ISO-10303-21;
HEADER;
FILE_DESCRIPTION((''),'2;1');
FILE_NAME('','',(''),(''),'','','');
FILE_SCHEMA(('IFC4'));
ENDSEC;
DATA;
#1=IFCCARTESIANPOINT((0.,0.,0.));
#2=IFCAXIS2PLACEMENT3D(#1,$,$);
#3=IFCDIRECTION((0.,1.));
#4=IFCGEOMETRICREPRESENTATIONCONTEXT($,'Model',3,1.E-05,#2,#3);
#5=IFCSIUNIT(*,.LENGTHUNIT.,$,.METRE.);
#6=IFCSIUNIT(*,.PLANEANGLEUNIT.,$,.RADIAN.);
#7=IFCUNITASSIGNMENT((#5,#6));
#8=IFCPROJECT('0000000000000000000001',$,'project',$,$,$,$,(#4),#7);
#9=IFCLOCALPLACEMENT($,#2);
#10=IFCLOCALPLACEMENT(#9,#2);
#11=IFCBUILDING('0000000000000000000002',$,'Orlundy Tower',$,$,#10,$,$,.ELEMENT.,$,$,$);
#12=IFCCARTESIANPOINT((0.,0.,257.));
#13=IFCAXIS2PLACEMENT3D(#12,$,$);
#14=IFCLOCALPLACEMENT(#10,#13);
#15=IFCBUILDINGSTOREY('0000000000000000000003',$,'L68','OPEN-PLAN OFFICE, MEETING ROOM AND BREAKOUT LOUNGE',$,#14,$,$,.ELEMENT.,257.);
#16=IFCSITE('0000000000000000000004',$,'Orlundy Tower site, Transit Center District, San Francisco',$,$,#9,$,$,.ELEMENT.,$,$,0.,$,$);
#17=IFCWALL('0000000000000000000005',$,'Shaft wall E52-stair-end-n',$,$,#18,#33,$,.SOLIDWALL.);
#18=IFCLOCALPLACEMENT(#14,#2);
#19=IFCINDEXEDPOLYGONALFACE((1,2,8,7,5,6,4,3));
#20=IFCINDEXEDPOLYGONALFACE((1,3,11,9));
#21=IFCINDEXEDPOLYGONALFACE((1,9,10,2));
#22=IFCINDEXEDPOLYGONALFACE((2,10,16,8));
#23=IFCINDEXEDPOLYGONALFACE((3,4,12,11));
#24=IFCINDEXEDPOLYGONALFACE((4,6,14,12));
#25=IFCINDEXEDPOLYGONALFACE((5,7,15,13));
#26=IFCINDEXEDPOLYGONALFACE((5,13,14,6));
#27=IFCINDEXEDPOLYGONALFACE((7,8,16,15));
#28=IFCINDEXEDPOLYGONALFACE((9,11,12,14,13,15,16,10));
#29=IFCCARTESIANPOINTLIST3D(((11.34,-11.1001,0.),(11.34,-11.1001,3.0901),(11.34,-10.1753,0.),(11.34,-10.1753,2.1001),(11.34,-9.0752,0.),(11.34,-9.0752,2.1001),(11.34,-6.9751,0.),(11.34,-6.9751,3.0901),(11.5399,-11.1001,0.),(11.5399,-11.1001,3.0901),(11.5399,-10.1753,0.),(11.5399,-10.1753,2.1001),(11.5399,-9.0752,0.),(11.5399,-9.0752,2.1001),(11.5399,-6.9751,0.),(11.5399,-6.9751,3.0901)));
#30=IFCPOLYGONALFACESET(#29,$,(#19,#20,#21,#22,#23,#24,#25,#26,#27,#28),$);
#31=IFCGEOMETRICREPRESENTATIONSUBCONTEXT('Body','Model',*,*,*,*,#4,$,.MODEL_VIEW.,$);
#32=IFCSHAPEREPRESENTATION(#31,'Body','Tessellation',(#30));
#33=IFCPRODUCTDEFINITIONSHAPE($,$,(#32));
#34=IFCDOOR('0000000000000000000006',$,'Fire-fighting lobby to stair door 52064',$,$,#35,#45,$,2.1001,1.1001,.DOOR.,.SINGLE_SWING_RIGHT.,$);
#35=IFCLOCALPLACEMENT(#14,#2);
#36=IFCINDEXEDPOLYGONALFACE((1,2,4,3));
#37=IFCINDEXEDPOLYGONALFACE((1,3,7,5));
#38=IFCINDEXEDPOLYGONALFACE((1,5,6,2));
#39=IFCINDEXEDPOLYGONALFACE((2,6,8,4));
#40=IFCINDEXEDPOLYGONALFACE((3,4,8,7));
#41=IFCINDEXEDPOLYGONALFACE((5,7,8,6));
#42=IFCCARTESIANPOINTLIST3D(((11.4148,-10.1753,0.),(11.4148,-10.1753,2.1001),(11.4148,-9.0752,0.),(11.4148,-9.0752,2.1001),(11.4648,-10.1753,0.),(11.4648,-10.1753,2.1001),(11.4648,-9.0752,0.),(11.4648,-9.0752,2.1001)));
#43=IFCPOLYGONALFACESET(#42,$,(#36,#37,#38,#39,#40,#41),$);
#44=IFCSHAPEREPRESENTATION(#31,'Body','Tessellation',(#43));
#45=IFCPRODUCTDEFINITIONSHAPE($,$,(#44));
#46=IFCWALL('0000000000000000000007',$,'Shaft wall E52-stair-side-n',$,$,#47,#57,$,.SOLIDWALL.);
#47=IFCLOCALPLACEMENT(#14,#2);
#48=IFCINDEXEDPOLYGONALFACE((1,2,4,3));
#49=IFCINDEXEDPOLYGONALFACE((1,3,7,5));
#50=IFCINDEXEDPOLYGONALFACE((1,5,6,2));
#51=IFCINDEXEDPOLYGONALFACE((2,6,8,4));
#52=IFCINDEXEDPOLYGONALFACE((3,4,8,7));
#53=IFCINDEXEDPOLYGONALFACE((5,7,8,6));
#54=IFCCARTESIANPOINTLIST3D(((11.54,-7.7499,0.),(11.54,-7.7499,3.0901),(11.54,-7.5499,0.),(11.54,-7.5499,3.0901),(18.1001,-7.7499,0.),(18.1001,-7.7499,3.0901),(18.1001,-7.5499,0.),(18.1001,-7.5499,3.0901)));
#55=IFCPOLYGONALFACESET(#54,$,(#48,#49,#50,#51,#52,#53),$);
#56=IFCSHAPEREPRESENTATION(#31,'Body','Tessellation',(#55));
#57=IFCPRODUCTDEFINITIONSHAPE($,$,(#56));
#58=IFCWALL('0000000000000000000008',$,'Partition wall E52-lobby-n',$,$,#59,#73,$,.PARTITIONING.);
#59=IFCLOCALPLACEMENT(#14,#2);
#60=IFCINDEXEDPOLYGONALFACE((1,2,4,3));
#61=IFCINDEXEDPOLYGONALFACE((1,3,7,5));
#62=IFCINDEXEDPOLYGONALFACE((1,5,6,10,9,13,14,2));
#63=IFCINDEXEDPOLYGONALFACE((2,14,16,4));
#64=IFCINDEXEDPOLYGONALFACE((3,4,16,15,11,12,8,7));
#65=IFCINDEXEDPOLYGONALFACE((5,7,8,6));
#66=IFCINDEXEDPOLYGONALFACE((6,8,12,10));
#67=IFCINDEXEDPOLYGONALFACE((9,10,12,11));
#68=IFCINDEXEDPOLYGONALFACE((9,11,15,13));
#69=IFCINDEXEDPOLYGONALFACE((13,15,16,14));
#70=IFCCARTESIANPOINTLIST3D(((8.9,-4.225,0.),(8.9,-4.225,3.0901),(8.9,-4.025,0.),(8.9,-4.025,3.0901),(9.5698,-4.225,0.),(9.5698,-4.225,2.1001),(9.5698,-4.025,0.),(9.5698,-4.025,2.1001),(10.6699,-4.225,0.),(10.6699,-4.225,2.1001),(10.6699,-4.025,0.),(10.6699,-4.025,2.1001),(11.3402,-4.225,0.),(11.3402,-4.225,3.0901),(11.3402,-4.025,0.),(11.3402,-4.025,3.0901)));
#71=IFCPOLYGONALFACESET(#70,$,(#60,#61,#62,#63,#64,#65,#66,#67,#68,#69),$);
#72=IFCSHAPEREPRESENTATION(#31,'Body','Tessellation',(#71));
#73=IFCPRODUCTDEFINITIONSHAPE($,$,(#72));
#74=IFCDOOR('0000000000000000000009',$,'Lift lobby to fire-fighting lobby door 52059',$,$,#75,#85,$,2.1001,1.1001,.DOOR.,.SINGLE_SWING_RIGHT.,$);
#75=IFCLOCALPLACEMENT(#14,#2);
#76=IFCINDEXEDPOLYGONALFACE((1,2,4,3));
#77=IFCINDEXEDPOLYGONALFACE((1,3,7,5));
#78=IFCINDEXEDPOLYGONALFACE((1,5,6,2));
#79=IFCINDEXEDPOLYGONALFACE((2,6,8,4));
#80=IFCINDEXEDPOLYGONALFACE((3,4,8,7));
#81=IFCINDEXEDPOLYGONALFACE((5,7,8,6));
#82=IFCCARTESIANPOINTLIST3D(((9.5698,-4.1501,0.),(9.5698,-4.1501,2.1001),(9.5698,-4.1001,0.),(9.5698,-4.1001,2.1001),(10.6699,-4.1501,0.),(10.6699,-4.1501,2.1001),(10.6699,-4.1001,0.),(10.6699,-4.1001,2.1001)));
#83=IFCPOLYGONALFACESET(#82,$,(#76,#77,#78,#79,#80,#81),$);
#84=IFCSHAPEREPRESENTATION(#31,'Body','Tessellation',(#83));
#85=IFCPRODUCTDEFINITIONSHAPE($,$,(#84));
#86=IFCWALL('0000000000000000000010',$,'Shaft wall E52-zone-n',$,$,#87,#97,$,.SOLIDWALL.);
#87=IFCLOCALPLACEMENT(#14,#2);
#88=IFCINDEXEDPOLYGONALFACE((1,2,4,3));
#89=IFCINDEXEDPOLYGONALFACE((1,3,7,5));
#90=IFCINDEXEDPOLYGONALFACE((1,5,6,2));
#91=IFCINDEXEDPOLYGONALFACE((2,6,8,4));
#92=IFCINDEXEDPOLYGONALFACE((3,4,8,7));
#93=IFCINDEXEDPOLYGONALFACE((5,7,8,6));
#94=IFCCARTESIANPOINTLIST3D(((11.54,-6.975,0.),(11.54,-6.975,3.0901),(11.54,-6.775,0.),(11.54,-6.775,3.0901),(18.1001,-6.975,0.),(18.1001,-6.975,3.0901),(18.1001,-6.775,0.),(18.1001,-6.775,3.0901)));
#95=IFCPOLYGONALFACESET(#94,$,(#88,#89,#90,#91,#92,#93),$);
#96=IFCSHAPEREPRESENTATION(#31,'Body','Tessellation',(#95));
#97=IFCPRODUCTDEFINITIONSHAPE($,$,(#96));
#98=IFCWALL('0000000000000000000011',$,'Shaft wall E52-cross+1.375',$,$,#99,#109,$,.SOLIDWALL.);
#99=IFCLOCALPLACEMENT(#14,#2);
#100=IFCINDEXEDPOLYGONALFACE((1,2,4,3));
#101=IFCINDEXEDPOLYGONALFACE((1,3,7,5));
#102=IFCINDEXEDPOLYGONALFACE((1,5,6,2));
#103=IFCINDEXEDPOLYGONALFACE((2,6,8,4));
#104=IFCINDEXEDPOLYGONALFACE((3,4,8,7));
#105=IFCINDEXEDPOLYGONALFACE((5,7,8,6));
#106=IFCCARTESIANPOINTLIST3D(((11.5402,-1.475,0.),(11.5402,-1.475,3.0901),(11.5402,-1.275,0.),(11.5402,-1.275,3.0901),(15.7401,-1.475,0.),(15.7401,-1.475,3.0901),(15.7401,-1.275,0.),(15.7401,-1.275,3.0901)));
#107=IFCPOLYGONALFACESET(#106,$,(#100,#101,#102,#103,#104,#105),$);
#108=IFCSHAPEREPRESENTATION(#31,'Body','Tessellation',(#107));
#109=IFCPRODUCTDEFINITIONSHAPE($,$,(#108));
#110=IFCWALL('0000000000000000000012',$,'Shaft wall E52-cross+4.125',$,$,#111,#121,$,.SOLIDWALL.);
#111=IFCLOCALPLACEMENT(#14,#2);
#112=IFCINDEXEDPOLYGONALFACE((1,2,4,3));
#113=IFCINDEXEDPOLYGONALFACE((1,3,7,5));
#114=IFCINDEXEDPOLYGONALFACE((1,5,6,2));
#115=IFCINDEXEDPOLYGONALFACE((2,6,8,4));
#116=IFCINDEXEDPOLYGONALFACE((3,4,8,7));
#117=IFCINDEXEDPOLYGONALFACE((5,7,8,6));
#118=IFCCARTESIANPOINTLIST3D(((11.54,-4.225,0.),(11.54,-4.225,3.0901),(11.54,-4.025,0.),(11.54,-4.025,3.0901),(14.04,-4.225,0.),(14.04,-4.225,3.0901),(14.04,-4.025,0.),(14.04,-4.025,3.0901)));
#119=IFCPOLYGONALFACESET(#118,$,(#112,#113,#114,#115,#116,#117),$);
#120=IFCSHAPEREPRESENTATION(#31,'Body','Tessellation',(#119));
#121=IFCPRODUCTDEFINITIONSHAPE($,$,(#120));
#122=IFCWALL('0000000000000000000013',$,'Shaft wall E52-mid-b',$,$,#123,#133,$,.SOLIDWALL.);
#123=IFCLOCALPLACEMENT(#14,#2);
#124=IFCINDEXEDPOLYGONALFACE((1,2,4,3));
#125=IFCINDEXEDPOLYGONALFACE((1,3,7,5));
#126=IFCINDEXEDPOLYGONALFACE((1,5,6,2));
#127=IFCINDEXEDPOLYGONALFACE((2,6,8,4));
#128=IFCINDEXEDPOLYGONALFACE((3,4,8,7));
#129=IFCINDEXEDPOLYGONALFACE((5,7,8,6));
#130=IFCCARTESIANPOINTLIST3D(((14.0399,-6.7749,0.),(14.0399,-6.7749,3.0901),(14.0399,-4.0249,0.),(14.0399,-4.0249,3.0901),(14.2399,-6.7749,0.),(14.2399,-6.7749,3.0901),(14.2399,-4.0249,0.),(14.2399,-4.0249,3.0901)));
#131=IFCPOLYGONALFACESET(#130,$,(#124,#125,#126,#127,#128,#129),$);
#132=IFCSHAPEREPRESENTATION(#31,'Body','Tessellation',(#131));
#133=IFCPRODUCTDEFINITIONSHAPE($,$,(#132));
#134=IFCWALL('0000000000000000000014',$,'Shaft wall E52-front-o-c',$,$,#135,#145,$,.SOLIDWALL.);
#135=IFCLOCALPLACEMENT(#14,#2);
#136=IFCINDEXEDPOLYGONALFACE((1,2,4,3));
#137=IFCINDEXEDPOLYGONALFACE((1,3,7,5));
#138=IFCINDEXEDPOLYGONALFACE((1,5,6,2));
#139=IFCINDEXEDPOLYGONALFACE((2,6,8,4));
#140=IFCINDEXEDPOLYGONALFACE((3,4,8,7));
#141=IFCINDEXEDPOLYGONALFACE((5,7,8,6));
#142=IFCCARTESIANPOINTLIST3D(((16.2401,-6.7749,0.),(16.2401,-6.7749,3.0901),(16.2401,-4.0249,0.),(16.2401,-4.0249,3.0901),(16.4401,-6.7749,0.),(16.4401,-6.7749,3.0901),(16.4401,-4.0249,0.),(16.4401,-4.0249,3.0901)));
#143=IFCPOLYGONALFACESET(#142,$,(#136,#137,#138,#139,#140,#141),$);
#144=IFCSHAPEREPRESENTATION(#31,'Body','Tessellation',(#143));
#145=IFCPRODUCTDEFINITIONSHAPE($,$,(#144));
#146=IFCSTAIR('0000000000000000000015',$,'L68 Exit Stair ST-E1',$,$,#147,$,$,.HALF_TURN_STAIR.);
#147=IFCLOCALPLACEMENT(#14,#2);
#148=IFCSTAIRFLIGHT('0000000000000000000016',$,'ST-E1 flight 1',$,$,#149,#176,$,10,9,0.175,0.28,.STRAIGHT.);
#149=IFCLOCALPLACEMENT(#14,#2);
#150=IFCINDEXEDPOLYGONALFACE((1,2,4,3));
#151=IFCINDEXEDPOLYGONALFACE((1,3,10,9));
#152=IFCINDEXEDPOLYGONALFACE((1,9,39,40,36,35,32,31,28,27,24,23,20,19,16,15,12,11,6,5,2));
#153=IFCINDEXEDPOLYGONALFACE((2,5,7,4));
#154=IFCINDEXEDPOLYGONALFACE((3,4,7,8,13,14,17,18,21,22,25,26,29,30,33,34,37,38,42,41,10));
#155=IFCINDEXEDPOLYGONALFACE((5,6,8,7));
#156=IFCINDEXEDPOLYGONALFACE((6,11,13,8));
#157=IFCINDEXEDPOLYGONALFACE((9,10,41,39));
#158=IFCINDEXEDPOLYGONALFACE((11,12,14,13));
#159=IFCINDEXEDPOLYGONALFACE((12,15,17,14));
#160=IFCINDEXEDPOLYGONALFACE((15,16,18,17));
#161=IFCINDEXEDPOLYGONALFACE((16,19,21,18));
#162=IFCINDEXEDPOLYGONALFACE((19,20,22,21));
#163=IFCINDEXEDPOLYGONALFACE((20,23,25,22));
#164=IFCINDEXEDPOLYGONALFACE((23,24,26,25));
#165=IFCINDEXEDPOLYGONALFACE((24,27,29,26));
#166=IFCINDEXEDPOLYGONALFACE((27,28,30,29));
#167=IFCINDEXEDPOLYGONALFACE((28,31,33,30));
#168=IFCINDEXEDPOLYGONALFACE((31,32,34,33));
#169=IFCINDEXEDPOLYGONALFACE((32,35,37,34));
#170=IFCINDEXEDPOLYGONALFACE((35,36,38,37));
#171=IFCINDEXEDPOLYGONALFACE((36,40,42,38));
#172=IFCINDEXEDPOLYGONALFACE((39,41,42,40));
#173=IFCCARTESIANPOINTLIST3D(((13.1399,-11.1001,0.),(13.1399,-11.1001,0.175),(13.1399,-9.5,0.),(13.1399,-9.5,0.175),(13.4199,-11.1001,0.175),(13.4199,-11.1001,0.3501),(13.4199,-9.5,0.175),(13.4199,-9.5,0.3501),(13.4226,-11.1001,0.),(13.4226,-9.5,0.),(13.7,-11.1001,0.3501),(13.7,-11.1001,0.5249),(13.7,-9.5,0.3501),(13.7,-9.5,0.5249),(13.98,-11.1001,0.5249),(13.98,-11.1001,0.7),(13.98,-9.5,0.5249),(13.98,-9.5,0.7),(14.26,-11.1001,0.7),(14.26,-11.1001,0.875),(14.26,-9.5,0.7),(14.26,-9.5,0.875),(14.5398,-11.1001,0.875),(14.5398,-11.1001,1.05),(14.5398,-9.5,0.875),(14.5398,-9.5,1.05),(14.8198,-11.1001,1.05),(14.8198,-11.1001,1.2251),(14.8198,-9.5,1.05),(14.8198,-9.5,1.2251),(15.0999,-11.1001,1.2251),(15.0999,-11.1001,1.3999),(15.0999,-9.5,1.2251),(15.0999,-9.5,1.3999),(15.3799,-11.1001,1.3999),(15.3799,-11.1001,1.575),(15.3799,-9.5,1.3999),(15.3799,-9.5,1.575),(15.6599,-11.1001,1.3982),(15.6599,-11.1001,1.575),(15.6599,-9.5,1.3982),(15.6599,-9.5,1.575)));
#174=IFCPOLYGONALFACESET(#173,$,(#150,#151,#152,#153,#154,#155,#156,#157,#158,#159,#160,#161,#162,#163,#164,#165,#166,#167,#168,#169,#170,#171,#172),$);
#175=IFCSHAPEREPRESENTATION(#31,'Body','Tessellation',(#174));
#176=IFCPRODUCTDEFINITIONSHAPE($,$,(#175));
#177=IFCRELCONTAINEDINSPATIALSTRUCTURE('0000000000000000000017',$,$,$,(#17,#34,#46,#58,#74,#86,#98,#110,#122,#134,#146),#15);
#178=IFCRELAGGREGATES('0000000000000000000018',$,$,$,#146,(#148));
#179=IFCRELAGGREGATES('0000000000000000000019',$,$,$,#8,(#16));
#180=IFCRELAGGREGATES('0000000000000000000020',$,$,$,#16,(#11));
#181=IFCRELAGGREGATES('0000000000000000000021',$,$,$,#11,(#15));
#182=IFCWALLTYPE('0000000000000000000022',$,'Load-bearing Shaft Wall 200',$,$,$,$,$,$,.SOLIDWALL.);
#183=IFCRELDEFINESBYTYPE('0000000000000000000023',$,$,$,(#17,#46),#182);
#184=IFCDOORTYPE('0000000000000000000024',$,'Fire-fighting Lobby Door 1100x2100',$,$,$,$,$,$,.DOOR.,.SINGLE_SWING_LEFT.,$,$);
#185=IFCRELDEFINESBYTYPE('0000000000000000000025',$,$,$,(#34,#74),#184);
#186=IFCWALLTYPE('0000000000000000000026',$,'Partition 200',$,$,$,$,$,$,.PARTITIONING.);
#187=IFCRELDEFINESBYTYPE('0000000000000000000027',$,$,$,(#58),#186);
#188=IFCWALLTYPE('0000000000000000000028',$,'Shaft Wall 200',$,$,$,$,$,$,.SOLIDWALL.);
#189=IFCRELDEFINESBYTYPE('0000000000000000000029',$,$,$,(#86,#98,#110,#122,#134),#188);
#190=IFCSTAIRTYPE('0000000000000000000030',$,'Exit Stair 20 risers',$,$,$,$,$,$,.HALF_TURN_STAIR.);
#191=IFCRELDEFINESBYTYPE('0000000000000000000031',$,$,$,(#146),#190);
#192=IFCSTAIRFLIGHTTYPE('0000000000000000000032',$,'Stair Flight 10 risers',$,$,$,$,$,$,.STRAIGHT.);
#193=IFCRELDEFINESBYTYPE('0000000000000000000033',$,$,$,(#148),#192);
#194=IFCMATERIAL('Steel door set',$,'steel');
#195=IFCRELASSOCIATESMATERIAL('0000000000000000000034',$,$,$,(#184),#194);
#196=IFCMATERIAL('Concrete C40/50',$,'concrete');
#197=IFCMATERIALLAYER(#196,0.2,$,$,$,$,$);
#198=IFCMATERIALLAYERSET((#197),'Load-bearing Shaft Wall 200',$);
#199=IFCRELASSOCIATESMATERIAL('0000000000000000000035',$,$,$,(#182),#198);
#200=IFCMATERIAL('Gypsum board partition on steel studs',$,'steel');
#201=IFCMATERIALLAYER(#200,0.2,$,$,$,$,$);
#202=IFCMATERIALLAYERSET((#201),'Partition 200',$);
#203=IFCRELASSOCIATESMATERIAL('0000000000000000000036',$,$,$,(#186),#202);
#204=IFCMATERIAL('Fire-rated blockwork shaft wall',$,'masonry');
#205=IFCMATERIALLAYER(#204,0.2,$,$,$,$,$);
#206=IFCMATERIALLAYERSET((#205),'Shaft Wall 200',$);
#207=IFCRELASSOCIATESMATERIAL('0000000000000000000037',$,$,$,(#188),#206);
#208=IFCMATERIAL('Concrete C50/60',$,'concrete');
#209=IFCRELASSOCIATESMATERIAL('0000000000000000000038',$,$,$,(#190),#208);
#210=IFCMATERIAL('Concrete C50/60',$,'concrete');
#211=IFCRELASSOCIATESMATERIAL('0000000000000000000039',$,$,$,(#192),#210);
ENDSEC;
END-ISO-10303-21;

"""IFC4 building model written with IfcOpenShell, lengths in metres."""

from ifc_helpers import new_model, si_unit, direction, frame, frame_2d, origin, place, context, subcontext, project, spatial, polyline, rectangle, outline, extrude, material, layer, layer_set, type_object, element, fill, aggregate, save


model = new_model("IFC4")

# Units and contexts
model_context = context("Model", 3, precision=1e-05, world=origin(), true_north=direction((0.0, 1.0)))
body_context = subcontext(model_context, "Body", "Model", "MODEL_VIEW")
ifc_project = project(units=[si_unit("LENGTHUNIT", "METRE"), si_unit("PLANEANGLEUNIT", "RADIAN")], contexts=[model_context])

# Site, building, storey
site_placement = place(None, origin())
site = spatial("IfcSite", under=ifc_project, at=site_placement, Name="Orlundy Tower site, Transit Center District, San Francisco", CompositionType="ELEMENT", RefElevation=0.0)
building_placement = place(site_placement, origin())
building = spatial("IfcBuilding", under=site, at=building_placement, Name="Orlundy Tower", CompositionType="ELEMENT")
storey_placement = place(building_placement, frame((0.0, 0.0, 257.0)))
storey = spatial("IfcBuildingStorey", under=building, at=storey_placement, Name="L68", Description="OPEN-PLAN OFFICE, MEETING ROOM AND BREAKOUT LOUNGE", CompositionType="ELEMENT", Elevation=257.0)

# Shared definitions
ifc_material_1 = material(Name="Steel door set", Category="steel")
door_type_1 = type_object("IfcDoorType", Name="Fire-fighting Lobby Door 1100x2100", OperationType="SINGLE_SWING_LEFT", PredefinedType="DOOR", material=ifc_material_1)

# Wall, opening, door
ifc_material_2 = material(Name="Concrete C40/50", Category="concrete")
ifc_layer_1 = layer(ifc_material_2, 0.2)
ifc_layer_set_1 = layer_set([ifc_layer_1], Name="Load-bearing Shaft Wall 200")
wall_type_1 = type_object("IfcWallType", Name="Load-bearing Shaft Wall 200", PredefinedType="SOLIDWALL", material=ifc_layer_set_1)
wall_1_placement = place(storey_placement, frame((11.4399, -6.9751, 0.0), z_axis=(0.0, 0.0, 1.0), x_axis=(0.0, -1.0, 0.0)))
wall_1 = element("IfcWall", 1, at=wall_1_placement, inside=storey, type_object=wall_type_1, Name="Shaft wall E52-stair-end-n", PredefinedType="SOLIDWALL", context=body_context, shape_type="SweptSolid", body=[
    extrude(rectangle(XDim=4.125, YDim=0.2, at=frame_2d((2.0625, 0.0))), origin(), (0.0, 0.0, 1.0), 3.0901),
])
opening_1_placement = place(wall_1_placement, frame((2.1001, 0.0, 0.0)))
opening_1 = element("IfcOpeningElement", 2, at=opening_1_placement, cuts=wall_1, PredefinedType="OPENING", context=body_context, shape_type="SweptSolid", body=[
    extrude(rectangle(XDim=1.1001, YDim=2.1001, at=frame_2d((0.55, 1.05))), frame((0.0, 0.1101, 0.0), z_axis=(0.0, -1.0, 0.0), x_axis=(1.0, 0.0, 0.0)), (0.0, 0.0, 1.0), 0.2202),
])
door_1_placement = place(opening_1_placement, origin())
door_1 = element("IfcDoor", 3, at=door_1_placement, inside=storey, type_object=door_type_1, Name="Fire-fighting lobby to stair door 52064", OperationType="SINGLE_SWING_RIGHT", OverallHeight=2.1001, OverallWidth=1.1001, PredefinedType="DOOR", context=body_context, shape_type="SweptSolid", body=[
    extrude(rectangle(XDim=1.1001, YDim=2.1001, at=frame_2d((0.55, 1.05))), frame((0.0, 0.0249, 0.0), z_axis=(0.0, -1.0, 0.0), x_axis=(1.0, 0.0, 0.0)), (0.0, 0.0, 1.0), 0.05),
])
fill(opening_1, door_1)

# Wall
wall_2_placement = place(storey_placement, frame((11.54, -7.6499, 0.0), z_axis=(0.0, 0.0, 1.0), x_axis=(1.0, 0.0, 0.0)))
element("IfcWall", 4, at=wall_2_placement, inside=storey, type_object=wall_type_1, Name="Shaft wall E52-stair-side-n", PredefinedType="SOLIDWALL", context=body_context, shape_type="SweptSolid", body=[
    extrude(rectangle(XDim=6.5601, YDim=0.2, at=frame_2d((3.28, 0.0))), origin(), (0.0, 0.0, 1.0), 3.0901),
])

# Wall, opening, door
ifc_material_3 = material(Name="Gypsum board partition on steel studs", Category="steel")
ifc_layer_2 = layer(ifc_material_3, 0.2)
ifc_layer_set_2 = layer_set([ifc_layer_2], Name="Partition 200")
wall_type_2 = type_object("IfcWallType", Name="Partition 200", PredefinedType="PARTITIONING", material=ifc_layer_set_2)
wall_3_placement = place(storey_placement, frame((8.8999, -4.125, 0.0), z_axis=(0.0, 0.0, 1.0), x_axis=(1.0, 0.0, 0.0)))
wall_3 = element("IfcWall", 5, at=wall_3_placement, inside=storey, type_object=wall_type_2, Name="Partition wall E52-lobby-n", PredefinedType="PARTITIONING", context=body_context, shape_type="SweptSolid", body=[
    extrude(rectangle(XDim=2.4402, YDim=0.2, at=frame_2d((1.2202, 0.0))), origin(), (0.0, 0.0, 1.0), 3.0901),
])
opening_2_placement = place(wall_3_placement, frame((0.6699, 0.0, 0.0)))
opening_2 = element("IfcOpeningElement", 6, at=opening_2_placement, cuts=wall_3, PredefinedType="OPENING", context=body_context, shape_type="SweptSolid", body=[
    extrude(rectangle(XDim=1.1001, YDim=2.1001, at=frame_2d((0.55, 1.05))), frame((0.0, 0.1101, 0.0), z_axis=(0.0, -1.0, 0.0), x_axis=(1.0, 0.0, 0.0)), (0.0, 0.0, 1.0), 0.2202),
])
door_2_placement = place(opening_2_placement, origin())
door_2 = element("IfcDoor", 7, at=door_2_placement, inside=storey, type_object=door_type_1, Name="Lift lobby to fire-fighting lobby door 52059", OperationType="SINGLE_SWING_RIGHT", OverallHeight=2.1001, OverallWidth=1.1001, PredefinedType="DOOR", context=body_context, shape_type="SweptSolid", body=[
    extrude(rectangle(XDim=1.1001, YDim=2.1001, at=frame_2d((0.55, 1.05))), frame((0.0, 0.0249, 0.0), z_axis=(0.0, -1.0, 0.0), x_axis=(1.0, 0.0, 0.0)), (0.0, 0.0, 1.0), 0.05),
])
fill(opening_2, door_2)

# Walls
ifc_material_4 = material(Name="Fire-rated blockwork shaft wall", Category="masonry")
ifc_layer_3 = layer(ifc_material_4, 0.2)
ifc_layer_set_3 = layer_set([ifc_layer_3], Name="Shaft Wall 200")
wall_type_3 = type_object("IfcWallType", Name="Shaft Wall 200", PredefinedType="SOLIDWALL", material=ifc_layer_set_3)
wall_4_placement = place(storey_placement, frame((11.54, -6.875, 0.0), z_axis=(0.0, 0.0, 1.0), x_axis=(1.0, 0.0, 0.0)))
element("IfcWall", 8, at=wall_4_placement, inside=storey, type_object=wall_type_3, Name="Shaft wall E52-zone-n", PredefinedType="SOLIDWALL", context=body_context, shape_type="SweptSolid", body=[
    extrude(rectangle(XDim=6.5601, YDim=0.2, at=frame_2d((3.28, 0.0))), origin(), (0.0, 0.0, 1.0), 3.0901),
])
wall_5_placement = place(storey_placement, frame((11.54, -1.375, 0.0), z_axis=(0.0, 0.0, 1.0), x_axis=(1.0, 0.0, 0.0)))
element("IfcWall", 9, at=wall_5_placement, inside=storey, type_object=wall_type_3, Name="Shaft wall E52-cross+1.375", PredefinedType="SOLIDWALL", context=body_context, shape_type="SweptSolid", body=[
    extrude(rectangle(XDim=4.2, YDim=0.2, at=frame_2d((2.1001, 0.0))), origin(), (0.0, 0.0, 1.0), 3.0901),
])
wall_6_placement = place(storey_placement, frame((11.54, -4.125, 0.0), z_axis=(0.0, 0.0, 1.0), x_axis=(1.0, 0.0, 0.0)))
element("IfcWall", 10, at=wall_6_placement, inside=storey, type_object=wall_type_3, Name="Shaft wall E52-cross+4.125", PredefinedType="SOLIDWALL", context=body_context, shape_type="SweptSolid", body=[
    extrude(rectangle(XDim=2.5, YDim=0.2, at=frame_2d((1.25, 0.0))), origin(), (0.0, 0.0, 1.0), 3.0901),
])
for number, where, z_axis, x_axis, name in (
    (11, (14.1399, -4.0249, 0.0), (0.0, 0.0, 1.0), (0.0, -1.0, 0.0), "Shaft wall E52-mid-b"),
    (12, (16.3401, -4.0249, 0.0), (0.0, 0.0, 1.0), (0.0, -1.0, 0.0), "Shaft wall E52-front-o-c"),
):
    element("IfcWall", number, at=place(storey_placement, frame(where, z_axis=z_axis, x_axis=x_axis)), inside=storey, type_object=wall_type_3, Name=name, PredefinedType="SOLIDWALL", context=body_context, shape_type="SweptSolid", body=[
        extrude(rectangle(XDim=2.75, YDim=0.2, at=frame_2d((1.375, 0.0))), origin(), (0.0, 0.0, 1.0), 3.0901),
    ])

# Stair, stair flight
ifc_material_5 = material(Name="Concrete C50/60", Category="concrete")
stair_type = type_object("IfcStairType", Name="Exit Stair 20 risers", PredefinedType="HALF_TURN_STAIR", material=ifc_material_5)
stair_placement = place(storey_placement, origin())
stair = element("IfcStair", 13, at=stair_placement, inside=storey, type_object=stair_type, Name="L68 Exit Stair ST-E1", PredefinedType="HALF_TURN_STAIR")
ifc_material_6 = material(Name="Concrete C50/60", Category="concrete")
stair_flight_type = type_object("IfcStairFlightType", Name="Stair Flight 10 risers", PredefinedType="STRAIGHT", material=ifc_material_6)
stair_flight_1_placement = place(storey_placement, frame((13.1399, -10.3, 0.0), z_axis=(0.0, 0.0, 1.0), x_axis=(1.0, 0.0, 0.0)))
stair_flight_1 = element("IfcStairFlight", 14, at=stair_flight_1_placement, type_object=stair_flight_type, Name="ST-E1 flight 1", NumberOfRisers=10, NumberOfTreads=9, PredefinedType="STRAIGHT", RiserHeight=0.175, TreadLength=0.28, context=body_context, shape_type="SweptSolid", body=[
    extrude(outline(polyline([(0.0, 0.0), (0.0, 0.175), (0.28, 0.175), (0.28, 0.3501), (0.5601, 0.3501), (0.5601, 0.5249), (0.8401, 0.5249), (0.8401, 0.7), (1.1201, 0.7), (1.1201, 0.875), (1.3999, 0.875), (1.3999, 1.05), (1.6799, 1.05), (1.6799, 1.2251), (1.96, 1.2251), (1.96, 1.3999), (2.24, 1.3999), (2.24, 1.575), (2.52, 1.575), (2.52, 1.75), (2.52, 1.3982), (0.2827, 0.0), (0.0, 0.0)])), frame((0.0, 0.8, 0.0), z_axis=(0.0, -1.0, 0.0), x_axis=(1.0, 0.0, 0.0)), (0.0, 0.0, 1.0), 1.6001),
])
aggregate(stair, [stair_flight_1])

save(model, "model.ifc")
